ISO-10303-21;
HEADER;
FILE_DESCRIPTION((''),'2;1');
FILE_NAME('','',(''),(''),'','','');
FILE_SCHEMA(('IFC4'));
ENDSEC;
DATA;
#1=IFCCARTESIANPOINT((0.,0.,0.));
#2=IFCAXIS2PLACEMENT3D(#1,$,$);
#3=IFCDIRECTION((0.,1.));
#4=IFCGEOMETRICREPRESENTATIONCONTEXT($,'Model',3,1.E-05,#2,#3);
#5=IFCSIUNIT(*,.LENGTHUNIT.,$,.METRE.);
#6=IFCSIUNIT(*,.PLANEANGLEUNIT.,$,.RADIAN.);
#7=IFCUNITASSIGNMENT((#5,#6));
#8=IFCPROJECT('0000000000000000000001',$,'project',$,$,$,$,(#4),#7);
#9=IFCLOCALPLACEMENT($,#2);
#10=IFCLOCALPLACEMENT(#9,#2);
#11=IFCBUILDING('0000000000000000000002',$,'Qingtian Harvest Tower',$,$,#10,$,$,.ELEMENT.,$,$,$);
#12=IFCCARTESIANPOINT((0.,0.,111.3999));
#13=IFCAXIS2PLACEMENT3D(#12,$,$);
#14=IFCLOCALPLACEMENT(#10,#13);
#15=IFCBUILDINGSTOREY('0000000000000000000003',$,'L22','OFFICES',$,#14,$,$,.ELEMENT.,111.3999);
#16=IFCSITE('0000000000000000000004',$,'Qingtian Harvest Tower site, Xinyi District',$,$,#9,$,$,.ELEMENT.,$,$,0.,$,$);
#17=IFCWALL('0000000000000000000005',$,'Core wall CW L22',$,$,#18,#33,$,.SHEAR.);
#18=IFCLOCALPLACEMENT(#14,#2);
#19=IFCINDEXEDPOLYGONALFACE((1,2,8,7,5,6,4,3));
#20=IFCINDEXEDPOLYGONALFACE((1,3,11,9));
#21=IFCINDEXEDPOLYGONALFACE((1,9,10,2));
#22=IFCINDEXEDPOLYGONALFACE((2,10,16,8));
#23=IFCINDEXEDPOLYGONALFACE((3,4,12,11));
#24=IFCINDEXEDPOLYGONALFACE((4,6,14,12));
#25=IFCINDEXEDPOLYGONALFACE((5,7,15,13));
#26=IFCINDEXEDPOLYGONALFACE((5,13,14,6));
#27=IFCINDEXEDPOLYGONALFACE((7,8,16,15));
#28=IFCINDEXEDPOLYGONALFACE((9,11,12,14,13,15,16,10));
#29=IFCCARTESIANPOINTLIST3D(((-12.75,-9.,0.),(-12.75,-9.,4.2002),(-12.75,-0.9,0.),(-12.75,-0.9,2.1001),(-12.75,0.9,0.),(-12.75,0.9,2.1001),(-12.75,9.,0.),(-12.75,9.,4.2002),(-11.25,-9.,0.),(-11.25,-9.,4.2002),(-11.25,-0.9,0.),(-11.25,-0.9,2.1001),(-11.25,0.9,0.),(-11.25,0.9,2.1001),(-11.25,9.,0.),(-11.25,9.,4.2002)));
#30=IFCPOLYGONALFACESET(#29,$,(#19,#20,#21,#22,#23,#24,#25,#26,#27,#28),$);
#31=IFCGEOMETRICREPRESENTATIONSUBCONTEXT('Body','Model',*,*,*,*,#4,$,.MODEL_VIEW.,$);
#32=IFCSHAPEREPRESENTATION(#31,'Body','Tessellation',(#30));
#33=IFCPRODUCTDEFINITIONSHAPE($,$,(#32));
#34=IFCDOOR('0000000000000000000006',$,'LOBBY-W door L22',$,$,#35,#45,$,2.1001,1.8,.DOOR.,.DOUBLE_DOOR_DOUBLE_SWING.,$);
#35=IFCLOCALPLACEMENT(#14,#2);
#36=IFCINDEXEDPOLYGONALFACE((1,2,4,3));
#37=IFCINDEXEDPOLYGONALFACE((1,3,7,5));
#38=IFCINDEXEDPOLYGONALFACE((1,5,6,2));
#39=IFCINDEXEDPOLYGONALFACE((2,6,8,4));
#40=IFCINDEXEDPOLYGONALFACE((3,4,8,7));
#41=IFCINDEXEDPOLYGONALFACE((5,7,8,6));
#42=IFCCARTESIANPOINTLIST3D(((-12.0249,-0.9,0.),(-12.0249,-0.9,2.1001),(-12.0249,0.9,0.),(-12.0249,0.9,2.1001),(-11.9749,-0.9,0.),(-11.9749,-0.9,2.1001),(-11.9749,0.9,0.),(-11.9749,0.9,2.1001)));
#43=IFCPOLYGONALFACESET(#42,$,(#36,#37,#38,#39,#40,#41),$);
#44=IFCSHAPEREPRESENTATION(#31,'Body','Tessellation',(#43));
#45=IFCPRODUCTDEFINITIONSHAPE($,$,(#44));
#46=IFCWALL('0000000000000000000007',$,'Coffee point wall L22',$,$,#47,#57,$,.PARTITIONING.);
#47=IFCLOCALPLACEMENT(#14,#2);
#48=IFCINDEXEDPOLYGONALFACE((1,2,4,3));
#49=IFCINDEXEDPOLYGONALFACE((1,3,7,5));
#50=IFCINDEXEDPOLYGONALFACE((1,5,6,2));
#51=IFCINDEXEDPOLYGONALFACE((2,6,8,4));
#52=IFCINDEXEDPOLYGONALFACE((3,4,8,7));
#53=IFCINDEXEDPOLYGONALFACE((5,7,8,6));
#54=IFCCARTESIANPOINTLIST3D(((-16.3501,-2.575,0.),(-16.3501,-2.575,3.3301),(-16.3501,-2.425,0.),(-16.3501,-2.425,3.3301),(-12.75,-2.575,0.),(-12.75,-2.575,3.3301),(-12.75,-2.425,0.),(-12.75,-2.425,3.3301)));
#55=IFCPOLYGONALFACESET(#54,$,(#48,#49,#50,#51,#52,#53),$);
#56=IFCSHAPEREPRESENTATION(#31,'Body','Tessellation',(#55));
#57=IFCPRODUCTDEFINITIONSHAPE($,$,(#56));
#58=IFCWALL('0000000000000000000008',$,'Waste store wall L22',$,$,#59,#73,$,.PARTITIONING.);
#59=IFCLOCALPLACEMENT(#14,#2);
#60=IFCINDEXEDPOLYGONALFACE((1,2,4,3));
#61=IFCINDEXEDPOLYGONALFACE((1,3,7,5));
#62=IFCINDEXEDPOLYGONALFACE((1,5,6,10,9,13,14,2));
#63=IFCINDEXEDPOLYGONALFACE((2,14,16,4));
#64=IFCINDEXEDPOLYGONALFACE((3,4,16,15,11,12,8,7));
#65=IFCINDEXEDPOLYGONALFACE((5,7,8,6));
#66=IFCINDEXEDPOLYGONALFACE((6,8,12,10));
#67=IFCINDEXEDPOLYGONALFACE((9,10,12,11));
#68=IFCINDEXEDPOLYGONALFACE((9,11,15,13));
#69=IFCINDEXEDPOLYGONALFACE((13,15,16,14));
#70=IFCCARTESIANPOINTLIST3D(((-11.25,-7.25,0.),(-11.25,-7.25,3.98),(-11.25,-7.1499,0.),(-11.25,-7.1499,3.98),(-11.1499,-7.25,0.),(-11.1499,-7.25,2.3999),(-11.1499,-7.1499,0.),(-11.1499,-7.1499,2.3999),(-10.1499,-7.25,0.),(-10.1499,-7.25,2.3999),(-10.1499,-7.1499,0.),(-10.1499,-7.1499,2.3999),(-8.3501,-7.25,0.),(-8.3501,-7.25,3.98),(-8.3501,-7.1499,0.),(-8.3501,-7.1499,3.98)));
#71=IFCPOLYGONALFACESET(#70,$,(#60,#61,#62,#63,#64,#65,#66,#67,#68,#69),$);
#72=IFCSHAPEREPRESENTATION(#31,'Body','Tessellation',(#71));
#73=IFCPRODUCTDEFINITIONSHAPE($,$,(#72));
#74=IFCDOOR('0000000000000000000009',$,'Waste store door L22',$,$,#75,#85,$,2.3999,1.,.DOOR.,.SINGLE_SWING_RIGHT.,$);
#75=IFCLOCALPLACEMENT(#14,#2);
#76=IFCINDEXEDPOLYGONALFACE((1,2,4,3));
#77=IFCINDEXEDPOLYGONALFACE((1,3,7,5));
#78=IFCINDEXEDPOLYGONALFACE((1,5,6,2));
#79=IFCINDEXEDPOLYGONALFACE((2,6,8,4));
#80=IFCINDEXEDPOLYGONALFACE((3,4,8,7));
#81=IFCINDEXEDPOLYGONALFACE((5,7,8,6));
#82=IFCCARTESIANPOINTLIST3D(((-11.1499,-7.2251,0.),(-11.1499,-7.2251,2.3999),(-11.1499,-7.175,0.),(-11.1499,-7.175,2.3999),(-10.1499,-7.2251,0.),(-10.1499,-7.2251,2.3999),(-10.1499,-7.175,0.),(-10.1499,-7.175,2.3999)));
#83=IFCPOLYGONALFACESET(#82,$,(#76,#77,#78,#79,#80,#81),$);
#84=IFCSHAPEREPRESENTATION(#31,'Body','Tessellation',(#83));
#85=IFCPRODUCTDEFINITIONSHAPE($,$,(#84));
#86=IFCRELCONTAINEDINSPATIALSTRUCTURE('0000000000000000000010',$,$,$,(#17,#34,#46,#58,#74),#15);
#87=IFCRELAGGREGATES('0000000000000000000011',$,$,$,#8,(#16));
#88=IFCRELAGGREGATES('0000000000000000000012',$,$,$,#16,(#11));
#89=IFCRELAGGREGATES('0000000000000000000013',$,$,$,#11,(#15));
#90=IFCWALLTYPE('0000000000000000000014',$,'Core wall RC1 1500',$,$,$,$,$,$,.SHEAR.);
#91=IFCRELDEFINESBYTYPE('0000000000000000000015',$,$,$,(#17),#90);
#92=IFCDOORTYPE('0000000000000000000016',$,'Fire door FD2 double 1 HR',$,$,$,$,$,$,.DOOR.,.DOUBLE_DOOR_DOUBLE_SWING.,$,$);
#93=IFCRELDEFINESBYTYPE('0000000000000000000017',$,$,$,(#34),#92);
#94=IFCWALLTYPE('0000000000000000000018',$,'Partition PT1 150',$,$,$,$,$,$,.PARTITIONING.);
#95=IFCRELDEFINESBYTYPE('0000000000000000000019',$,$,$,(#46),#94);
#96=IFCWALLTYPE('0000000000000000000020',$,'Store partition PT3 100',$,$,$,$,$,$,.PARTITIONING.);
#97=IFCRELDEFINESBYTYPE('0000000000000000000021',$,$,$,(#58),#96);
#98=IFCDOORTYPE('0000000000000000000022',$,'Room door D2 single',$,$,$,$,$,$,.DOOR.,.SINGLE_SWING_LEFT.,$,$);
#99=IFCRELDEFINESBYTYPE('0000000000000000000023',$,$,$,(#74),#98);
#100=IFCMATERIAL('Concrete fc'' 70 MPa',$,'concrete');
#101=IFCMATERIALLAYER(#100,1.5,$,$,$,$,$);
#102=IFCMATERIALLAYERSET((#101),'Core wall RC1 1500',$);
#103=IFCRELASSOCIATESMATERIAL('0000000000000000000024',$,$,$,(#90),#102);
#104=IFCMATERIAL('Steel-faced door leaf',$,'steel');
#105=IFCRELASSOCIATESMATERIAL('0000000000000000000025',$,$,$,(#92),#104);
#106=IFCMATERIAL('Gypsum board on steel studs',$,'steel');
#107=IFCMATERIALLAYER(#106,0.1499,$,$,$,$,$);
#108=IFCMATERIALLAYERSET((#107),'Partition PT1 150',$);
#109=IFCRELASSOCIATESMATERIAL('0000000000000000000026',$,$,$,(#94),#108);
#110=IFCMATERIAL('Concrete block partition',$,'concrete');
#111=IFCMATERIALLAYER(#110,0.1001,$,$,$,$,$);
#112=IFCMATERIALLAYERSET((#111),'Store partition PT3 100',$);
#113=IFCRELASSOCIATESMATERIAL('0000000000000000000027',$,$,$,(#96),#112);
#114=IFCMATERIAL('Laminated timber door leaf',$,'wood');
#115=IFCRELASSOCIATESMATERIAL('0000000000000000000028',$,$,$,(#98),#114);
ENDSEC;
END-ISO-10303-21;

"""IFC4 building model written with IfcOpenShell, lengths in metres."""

from ifc_helpers import new_model, si_unit, direction, frame, frame_2d, origin, place, context, subcontext, project, spatial, rectangle, extrude, material, layer, layer_set, type_object, element, fill, save


model = new_model("IFC4")

# Units and contexts
model_context = context("Model", 3, precision=1e-05, world=origin(), true_north=direction((0.0, 1.0)))
body_context = subcontext(model_context, "Body", "Model", "MODEL_VIEW")
ifc_project = project(units=[si_unit("LENGTHUNIT", "METRE"), si_unit("PLANEANGLEUNIT", "RADIAN")], contexts=[model_context])

# Site, building, storey
site_placement = place(None, origin())
site = spatial("IfcSite", under=ifc_project, at=site_placement, Name="Qingtian Harvest Tower site, Xinyi District", CompositionType="ELEMENT", RefElevation=0.0)
building_placement = place(site_placement, origin())
building = spatial("IfcBuilding", under=site, at=building_placement, Name="Qingtian Harvest Tower", CompositionType="ELEMENT")
storey_placement = place(building_placement, frame((0.0, 0.0, 111.3999)))
storey = spatial("IfcBuildingStorey", under=building, at=storey_placement, Name="L22", Description="OFFICES", CompositionType="ELEMENT", Elevation=111.3999)

# Wall, opening, door
ifc_material_1 = material(Name="Concrete fc' 70 MPa", Category="concrete")
ifc_layer_1 = layer(ifc_material_1, 1.5)
ifc_layer_set_1 = layer_set([ifc_layer_1], Name="Core wall RC1 1500")
wall_type_1 = type_object("IfcWallType", Name="Core wall RC1 1500", PredefinedType="SHEAR", material=ifc_layer_set_1)
wall_1_placement = place(storey_placement, frame((-12.0, -9.0, 0.0), z_axis=(0.0, 0.0, 1.0), x_axis=(0.0, 1.0, 0.0)))
wall_1 = element("IfcWall", 1, at=wall_1_placement, inside=storey, type_object=wall_type_1, Name="Core wall CW L22", PredefinedType="SHEAR", context=body_context, shape_type="SweptSolid", body=[
    extrude(rectangle(XDim=18.0, YDim=1.5, at=frame_2d((9.0, 0.0))), origin(), (0.0, 0.0, 1.0), 4.2002),
])
opening_1_placement = place(wall_1_placement, frame((8.1001, 0.0, 0.0)))
opening_1 = element("IfcOpeningElement", 2, at=opening_1_placement, cuts=wall_1, PredefinedType="OPENING", context=body_context, shape_type="SweptSolid", body=[
    extrude(rectangle(XDim=1.8, YDim=2.1001, at=frame_2d((0.8999, 1.05))), frame((0.0, 0.76, 0.0), z_axis=(0.0, -1.0, 0.0), x_axis=(1.0, 0.0, 0.0)), (0.0, 0.0, 1.0), 1.52),
])
ifc_material_2 = material(Name="Steel-faced door leaf", Category="steel")
door_type_1 = type_object("IfcDoorType", Name="Fire door FD2 double 1 HR", OperationType="DOUBLE_DOOR_DOUBLE_SWING", PredefinedType="DOOR", material=ifc_material_2)
door_1_placement = place(opening_1_placement, origin())
door_1 = element("IfcDoor", 3, at=door_1_placement, inside=storey, type_object=door_type_1, Name="LOBBY-W door L22", OperationType="DOUBLE_DOOR_DOUBLE_SWING", OverallHeight=2.1001, OverallWidth=1.8, PredefinedType="DOOR", context=body_context, shape_type="SweptSolid", body=[
    extrude(rectangle(XDim=1.8, YDim=2.1001, at=frame_2d((0.8999, 1.05))), frame((0.0, 0.0249, 0.0), z_axis=(0.0, -1.0, 0.0), x_axis=(1.0, 0.0, 0.0)), (0.0, 0.0, 1.0), 0.05),
])
fill(opening_1, door_1)

# Wall
ifc_material_3 = material(Name="Gypsum board on steel studs", Category="steel")
ifc_layer_2 = layer(ifc_material_3, 0.1499)
ifc_layer_set_2 = layer_set([ifc_layer_2], Name="Partition PT1 150")
wall_type_2 = type_object("IfcWallType", Name="Partition PT1 150", PredefinedType="PARTITIONING", material=ifc_layer_set_2)
wall_2_placement = place(storey_placement, frame((-12.75, -2.5, 0.0), z_axis=(0.0, 0.0, 1.0), x_axis=(-1.0, 0.0, 0.0)))
element("IfcWall", 4, at=wall_2_placement, inside=storey, type_object=wall_type_2, Name="Coffee point wall L22", PredefinedType="PARTITIONING", context=body_context, shape_type="SweptSolid", body=[
    extrude(rectangle(XDim=3.6001, YDim=0.1499, at=frame_2d((1.8, 0.0))), origin(), (0.0, 0.0, 1.0), 3.3301),
])

# Wall, opening, door
ifc_material_4 = material(Name="Concrete block partition", Category="concrete")
ifc_layer_3 = layer(ifc_material_4, 0.1001)
ifc_layer_set_3 = layer_set([ifc_layer_3], Name="Store partition PT3 100")
wall_type_3 = type_object("IfcWallType", Name="Store partition PT3 100", PredefinedType="PARTITIONING", material=ifc_layer_set_3)
wall_3_placement = place(storey_placement, frame((-11.25, -7.2, 0.0), z_axis=(0.0, 0.0, 1.0), x_axis=(1.0, 0.0, 0.0)))
wall_3 = element("IfcWall", 5, at=wall_3_placement, inside=storey, type_object=wall_type_3, Name="Waste store wall L22", PredefinedType="PARTITIONING", context=body_context, shape_type="SweptSolid", body=[
    extrude(rectangle(XDim=2.8999, YDim=0.1001, at=frame_2d((1.45, 0.0))), origin(), (0.0, 0.0, 1.0), 3.98),
])
opening_2_placement = place(wall_3_placement, frame((0.1001, 0.0, 0.0)))
opening_2 = element("IfcOpeningElement", 6, at=opening_2_placement, cuts=wall_3, PredefinedType="OPENING", context=body_context, shape_type="SweptSolid", body=[
    extrude(rectangle(XDim=1.0, YDim=2.3999, at=frame_2d((0.5, 1.2))), frame((0.0, 0.0601, 0.0), z_axis=(0.0, -1.0, 0.0), x_axis=(1.0, 0.0, 0.0)), (0.0, 0.0, 1.0), 0.1201),
])
ifc_material_5 = material(Name="Laminated timber door leaf", Category="wood")
door_type_2 = type_object("IfcDoorType", Name="Room door D2 single", OperationType="SINGLE_SWING_LEFT", PredefinedType="DOOR", material=ifc_material_5)
door_2_placement = place(opening_2_placement, origin())
door_2 = element("IfcDoor", 7, at=door_2_placement, inside=storey, type_object=door_type_2, Name="Waste store door L22", OperationType="SINGLE_SWING_RIGHT", OverallHeight=2.3999, OverallWidth=1.0, PredefinedType="DOOR", context=body_context, shape_type="SweptSolid", body=[
    extrude(rectangle(XDim=1.0, YDim=2.3999, at=frame_2d((0.5, 1.2))), frame((0.0, 0.0249, 0.0), z_axis=(0.0, -1.0, 0.0), x_axis=(1.0, 0.0, 0.0)), (0.0, 0.0, 1.0), 0.05),
])
fill(opening_2, door_2)

save(model, "model.ifc")
